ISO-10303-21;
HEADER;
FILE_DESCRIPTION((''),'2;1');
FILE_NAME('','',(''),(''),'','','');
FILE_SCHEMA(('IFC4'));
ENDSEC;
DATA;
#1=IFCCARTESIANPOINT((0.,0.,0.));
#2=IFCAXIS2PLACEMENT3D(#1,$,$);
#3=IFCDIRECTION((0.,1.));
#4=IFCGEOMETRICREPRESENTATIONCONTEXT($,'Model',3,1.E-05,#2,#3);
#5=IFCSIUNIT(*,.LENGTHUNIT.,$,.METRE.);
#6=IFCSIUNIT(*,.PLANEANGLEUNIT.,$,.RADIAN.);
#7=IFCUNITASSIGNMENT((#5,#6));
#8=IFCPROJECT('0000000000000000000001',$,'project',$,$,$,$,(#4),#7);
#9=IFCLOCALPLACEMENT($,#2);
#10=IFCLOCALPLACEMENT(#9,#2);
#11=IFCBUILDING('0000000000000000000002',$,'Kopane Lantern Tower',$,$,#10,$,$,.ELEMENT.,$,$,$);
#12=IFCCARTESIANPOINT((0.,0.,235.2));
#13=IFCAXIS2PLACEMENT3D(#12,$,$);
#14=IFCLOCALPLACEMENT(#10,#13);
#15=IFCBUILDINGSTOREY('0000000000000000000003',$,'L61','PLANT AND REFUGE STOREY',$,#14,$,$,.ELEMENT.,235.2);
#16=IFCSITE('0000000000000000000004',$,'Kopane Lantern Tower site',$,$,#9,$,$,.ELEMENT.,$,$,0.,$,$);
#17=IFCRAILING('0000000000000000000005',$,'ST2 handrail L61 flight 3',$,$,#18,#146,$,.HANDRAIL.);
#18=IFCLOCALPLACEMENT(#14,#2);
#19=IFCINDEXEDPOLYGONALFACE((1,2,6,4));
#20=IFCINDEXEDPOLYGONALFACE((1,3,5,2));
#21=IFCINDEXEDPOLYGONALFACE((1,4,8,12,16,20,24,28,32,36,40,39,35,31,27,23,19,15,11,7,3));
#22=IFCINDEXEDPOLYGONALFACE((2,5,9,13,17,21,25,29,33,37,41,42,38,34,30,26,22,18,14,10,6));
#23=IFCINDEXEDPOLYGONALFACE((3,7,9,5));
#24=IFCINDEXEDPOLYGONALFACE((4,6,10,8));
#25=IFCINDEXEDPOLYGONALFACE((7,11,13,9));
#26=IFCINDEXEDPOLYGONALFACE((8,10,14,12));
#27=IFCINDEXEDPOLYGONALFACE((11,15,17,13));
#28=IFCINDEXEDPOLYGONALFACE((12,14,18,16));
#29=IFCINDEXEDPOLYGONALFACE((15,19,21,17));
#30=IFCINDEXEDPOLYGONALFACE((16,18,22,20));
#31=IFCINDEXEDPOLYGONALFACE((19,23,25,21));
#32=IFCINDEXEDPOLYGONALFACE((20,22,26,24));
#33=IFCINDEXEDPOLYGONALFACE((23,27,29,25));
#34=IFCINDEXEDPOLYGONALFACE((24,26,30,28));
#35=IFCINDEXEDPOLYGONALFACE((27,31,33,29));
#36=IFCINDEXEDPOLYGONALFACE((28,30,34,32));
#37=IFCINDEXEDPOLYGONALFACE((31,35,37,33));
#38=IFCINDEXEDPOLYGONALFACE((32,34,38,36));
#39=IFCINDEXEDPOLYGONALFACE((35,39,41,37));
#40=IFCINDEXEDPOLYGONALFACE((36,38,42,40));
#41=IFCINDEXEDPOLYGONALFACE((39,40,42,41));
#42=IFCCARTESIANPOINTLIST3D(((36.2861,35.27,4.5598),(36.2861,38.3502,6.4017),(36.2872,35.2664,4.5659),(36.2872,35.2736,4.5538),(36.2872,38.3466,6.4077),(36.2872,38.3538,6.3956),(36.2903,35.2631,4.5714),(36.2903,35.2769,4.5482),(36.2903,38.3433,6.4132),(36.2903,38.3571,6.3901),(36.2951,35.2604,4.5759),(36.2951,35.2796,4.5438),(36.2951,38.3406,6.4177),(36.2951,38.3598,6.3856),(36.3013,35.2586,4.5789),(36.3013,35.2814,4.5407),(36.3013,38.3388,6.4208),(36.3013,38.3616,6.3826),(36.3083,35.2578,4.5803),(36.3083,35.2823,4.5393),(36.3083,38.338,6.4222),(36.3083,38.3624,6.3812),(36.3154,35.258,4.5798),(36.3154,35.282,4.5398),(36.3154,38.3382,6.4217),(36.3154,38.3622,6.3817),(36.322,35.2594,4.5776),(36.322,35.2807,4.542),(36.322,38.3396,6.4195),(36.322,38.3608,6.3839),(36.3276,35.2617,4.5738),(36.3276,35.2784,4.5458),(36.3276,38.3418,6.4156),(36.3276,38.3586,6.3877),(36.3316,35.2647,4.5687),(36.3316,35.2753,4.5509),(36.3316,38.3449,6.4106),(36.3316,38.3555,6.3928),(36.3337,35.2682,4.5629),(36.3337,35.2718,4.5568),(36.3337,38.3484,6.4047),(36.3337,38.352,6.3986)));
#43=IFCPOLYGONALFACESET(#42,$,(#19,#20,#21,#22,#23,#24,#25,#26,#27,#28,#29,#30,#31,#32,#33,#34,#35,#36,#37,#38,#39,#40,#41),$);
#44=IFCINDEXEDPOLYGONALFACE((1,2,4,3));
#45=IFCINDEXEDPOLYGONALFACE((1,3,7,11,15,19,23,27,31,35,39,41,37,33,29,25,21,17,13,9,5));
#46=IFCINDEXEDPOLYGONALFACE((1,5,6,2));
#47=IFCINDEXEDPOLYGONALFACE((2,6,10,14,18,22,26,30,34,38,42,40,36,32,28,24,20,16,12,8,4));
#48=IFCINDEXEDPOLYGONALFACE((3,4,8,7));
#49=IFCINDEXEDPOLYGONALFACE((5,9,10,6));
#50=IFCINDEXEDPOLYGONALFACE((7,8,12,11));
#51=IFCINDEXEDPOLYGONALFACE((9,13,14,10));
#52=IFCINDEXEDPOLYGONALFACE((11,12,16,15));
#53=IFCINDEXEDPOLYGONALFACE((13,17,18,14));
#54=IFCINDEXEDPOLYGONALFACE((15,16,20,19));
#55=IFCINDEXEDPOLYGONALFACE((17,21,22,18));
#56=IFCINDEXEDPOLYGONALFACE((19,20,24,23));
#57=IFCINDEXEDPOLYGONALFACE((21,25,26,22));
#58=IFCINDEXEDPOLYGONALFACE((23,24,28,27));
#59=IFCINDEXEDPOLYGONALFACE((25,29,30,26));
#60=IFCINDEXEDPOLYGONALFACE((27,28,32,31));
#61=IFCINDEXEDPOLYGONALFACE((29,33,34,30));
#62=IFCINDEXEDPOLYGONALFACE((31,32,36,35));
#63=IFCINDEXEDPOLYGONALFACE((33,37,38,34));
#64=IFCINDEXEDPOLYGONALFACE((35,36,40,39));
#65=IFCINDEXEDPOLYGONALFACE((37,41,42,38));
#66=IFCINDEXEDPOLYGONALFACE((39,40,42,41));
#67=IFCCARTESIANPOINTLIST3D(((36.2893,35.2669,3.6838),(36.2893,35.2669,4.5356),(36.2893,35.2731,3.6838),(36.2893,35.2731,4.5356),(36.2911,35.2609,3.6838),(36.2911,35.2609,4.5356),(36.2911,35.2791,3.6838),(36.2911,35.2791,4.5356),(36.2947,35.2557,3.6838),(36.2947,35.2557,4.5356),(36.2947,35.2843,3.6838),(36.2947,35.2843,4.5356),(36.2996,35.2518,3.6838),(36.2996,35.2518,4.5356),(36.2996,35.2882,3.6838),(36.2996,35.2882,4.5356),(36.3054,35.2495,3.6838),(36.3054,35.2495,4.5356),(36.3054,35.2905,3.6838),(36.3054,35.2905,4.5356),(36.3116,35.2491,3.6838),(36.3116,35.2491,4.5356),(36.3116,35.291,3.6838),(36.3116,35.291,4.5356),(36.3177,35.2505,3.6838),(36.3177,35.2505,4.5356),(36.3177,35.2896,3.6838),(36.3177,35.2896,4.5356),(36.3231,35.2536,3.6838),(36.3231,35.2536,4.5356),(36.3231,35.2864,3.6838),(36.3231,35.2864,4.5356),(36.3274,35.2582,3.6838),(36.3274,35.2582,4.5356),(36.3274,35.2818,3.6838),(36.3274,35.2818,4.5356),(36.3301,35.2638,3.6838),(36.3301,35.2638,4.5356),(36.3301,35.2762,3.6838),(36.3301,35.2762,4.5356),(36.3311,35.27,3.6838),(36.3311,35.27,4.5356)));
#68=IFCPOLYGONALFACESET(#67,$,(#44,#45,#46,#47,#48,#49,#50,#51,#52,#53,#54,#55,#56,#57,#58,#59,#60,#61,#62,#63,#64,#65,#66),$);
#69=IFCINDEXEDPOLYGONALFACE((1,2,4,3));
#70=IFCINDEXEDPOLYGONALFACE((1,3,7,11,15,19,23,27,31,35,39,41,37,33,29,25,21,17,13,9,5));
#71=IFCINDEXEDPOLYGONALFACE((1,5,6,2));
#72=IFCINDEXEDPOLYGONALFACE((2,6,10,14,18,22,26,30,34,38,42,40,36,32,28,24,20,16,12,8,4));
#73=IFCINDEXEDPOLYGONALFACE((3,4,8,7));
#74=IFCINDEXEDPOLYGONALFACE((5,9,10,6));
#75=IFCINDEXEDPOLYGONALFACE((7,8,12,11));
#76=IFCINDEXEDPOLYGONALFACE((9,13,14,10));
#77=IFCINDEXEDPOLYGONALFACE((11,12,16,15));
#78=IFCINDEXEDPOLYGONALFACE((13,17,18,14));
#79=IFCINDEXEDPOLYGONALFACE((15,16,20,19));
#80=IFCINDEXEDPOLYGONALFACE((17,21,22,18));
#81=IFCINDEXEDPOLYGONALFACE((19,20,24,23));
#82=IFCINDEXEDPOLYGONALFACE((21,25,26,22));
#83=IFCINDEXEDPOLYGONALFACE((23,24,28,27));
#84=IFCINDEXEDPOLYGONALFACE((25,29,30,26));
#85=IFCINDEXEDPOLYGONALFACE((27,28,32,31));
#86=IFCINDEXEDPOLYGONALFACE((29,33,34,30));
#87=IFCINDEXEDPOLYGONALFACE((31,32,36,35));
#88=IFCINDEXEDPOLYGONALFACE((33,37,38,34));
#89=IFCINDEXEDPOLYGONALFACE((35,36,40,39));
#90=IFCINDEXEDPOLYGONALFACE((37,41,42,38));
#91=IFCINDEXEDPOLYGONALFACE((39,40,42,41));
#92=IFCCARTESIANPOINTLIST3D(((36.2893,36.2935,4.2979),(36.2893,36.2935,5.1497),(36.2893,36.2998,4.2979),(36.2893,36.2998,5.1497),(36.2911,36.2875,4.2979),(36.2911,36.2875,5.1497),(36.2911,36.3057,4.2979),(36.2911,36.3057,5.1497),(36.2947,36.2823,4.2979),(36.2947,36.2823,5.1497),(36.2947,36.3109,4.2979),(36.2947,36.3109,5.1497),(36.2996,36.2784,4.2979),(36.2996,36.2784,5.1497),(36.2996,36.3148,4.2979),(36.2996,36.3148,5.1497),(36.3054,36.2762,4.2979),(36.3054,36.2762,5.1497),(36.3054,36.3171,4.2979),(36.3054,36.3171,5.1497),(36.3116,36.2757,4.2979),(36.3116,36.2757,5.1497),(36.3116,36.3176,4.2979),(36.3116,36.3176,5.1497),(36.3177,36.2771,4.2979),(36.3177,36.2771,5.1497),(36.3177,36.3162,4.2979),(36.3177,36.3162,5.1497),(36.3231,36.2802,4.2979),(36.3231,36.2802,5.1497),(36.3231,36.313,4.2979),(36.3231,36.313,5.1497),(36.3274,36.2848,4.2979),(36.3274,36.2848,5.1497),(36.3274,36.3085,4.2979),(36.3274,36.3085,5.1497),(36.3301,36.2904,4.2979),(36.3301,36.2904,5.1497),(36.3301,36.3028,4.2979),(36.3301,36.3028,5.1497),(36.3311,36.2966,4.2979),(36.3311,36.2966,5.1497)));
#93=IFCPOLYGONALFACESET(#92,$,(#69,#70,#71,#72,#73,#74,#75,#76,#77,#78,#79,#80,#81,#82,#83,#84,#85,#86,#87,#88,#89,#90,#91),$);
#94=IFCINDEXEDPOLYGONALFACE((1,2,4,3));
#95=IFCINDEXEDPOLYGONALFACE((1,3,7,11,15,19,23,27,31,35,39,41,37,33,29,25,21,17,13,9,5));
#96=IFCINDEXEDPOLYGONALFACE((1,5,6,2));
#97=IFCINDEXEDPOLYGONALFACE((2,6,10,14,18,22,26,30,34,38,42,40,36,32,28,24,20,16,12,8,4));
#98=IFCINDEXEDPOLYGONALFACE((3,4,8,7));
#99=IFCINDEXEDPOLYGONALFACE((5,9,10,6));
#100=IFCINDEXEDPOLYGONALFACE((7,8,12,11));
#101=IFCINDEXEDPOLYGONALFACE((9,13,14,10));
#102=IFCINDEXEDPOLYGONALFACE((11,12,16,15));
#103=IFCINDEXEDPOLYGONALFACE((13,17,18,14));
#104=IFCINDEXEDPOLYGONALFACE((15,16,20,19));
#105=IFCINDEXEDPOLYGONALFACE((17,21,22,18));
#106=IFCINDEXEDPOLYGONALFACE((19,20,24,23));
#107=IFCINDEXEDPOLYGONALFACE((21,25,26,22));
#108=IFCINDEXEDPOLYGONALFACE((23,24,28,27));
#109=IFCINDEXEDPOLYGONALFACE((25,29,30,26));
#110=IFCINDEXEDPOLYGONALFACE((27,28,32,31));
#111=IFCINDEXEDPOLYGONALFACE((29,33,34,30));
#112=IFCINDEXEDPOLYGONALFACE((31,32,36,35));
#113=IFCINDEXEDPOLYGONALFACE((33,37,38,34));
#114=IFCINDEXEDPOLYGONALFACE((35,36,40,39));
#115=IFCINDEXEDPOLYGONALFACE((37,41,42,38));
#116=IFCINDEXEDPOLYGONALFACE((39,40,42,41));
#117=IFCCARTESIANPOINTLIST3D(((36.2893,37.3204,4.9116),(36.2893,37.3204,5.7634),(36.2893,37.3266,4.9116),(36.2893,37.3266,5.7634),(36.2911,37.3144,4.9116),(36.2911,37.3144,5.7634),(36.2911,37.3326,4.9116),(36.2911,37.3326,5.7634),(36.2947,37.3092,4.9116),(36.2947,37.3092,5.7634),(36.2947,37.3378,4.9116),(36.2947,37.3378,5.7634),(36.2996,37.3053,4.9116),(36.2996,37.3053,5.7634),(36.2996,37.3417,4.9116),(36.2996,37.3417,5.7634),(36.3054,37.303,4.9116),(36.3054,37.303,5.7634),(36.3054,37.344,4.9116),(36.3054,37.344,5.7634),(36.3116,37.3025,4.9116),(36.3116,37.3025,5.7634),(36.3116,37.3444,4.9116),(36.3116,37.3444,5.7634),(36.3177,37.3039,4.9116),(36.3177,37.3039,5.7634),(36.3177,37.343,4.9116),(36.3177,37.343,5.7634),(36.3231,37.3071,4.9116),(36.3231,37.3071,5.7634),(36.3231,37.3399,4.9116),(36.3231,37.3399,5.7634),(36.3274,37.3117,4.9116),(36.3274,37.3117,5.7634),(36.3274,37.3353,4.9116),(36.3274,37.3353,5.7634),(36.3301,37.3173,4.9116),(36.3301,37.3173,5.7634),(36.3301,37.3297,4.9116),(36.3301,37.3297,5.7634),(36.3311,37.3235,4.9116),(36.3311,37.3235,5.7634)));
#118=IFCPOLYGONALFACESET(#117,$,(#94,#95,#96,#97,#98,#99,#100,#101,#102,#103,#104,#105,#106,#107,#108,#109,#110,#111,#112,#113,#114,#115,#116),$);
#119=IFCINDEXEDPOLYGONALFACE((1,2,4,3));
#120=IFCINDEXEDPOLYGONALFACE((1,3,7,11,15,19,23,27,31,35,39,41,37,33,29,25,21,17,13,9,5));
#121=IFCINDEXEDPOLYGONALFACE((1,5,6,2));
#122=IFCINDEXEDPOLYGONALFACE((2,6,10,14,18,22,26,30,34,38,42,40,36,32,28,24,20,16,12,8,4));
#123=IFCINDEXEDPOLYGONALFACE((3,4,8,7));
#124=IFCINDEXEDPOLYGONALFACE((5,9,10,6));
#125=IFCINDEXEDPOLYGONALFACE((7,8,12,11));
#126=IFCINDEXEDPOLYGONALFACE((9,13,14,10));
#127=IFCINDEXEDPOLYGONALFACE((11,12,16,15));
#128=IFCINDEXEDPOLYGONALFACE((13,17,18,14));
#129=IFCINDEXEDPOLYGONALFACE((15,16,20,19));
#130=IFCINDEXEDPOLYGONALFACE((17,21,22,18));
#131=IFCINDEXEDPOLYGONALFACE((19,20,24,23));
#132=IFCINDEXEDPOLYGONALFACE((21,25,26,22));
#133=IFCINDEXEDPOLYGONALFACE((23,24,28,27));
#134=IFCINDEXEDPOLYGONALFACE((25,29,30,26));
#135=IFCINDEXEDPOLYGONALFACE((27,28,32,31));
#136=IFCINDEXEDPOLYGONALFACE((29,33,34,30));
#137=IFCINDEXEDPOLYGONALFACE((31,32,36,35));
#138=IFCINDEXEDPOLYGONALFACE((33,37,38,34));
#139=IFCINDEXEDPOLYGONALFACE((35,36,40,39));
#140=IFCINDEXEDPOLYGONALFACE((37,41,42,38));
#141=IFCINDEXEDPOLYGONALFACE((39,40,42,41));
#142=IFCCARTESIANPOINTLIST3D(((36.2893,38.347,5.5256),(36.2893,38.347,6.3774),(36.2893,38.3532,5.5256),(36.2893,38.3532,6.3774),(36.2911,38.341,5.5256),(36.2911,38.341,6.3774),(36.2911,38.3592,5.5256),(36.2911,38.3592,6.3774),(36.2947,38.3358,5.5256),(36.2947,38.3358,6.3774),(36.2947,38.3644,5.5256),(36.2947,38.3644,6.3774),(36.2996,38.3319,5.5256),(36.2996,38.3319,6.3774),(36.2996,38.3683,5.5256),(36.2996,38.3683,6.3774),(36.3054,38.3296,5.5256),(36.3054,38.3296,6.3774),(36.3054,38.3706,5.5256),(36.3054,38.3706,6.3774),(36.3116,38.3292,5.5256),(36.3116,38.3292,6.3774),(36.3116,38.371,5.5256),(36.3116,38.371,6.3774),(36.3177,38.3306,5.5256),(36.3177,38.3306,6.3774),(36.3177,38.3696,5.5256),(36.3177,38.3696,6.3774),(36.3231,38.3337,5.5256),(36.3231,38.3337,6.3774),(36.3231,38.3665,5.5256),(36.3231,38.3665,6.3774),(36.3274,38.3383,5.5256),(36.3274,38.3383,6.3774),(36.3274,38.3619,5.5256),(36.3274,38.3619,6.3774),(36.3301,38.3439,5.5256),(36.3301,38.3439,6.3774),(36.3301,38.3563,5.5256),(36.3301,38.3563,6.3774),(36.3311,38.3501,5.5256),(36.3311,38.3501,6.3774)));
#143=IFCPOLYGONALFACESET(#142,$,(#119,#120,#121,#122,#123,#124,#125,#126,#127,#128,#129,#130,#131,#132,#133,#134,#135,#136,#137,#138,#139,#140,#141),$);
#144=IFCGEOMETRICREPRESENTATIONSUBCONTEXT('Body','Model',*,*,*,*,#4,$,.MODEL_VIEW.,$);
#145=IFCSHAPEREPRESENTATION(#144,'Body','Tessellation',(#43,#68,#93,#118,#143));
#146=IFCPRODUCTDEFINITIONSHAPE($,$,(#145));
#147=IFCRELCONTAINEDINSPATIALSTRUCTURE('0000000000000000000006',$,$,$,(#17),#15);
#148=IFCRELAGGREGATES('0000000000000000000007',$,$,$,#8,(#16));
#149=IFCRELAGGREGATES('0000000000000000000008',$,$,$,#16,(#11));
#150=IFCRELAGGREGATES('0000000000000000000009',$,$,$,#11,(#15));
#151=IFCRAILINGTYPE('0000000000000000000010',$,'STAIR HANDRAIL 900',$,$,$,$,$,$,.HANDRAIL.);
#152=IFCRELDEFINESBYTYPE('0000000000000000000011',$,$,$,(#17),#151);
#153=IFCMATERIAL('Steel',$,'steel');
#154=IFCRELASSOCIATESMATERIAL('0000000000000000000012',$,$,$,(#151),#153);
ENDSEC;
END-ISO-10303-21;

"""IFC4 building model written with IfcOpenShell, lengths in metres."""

from ifc_helpers import new_model, si_unit, direction, frame, origin, origin_2d, place, context, subcontext, project, spatial, circle, extrude, material, type_object, element, save


model = new_model("IFC4")

# Units and contexts
model_context = context("Model", 3, precision=1e-05, world=origin(), true_north=direction((0.0, 1.0)))
body_context = subcontext(model_context, "Body", "Model", "MODEL_VIEW")
ifc_project = project(units=[si_unit("LENGTHUNIT", "METRE"), si_unit("PLANEANGLEUNIT", "RADIAN")], contexts=[model_context])

# Site, building, storey
site_placement = place(None, origin())
site = spatial("IfcSite", under=ifc_project, at=site_placement, Name="Kopane Lantern Tower site", CompositionType="ELEMENT", RefElevation=0.0)
building_placement = place(site_placement, origin())
building = spatial("IfcBuilding", under=site, at=building_placement, Name="Kopane Lantern Tower", CompositionType="ELEMENT")
storey_placement = place(building_placement, frame((0.0, 0.0, 235.2)))
storey = spatial("IfcBuildingStorey", under=building, at=storey_placement, Name="L61", Description="PLANT AND REFUGE STOREY", CompositionType="ELEMENT", Elevation=235.2)

# Railing
ifc_material_1 = material(Name="Steel", Category="steel")
railing_type = type_object("IfcRailingType", Name="STAIR HANDRAIL 900", PredefinedType="HANDRAIL", material=ifc_material_1)
railing_placement = place(storey_placement, frame((36.3101, 35.27, 3.6838)))
element("IfcRailing", 1, at=railing_placement, inside=storey, type_object=railing_type, Name="ST2 handrail L61 flight 3", PredefinedType="HANDRAIL", context=body_context, shape_type="SweptSolid", body=[
    extrude(circle(Radius=0.0239, at=origin_2d()), frame((0.0, 0.0, 0.876), z_axis=(0.0, 0.85826, 0.513215), x_axis=(-1.0, 0.0, 0.0)), (0.0, 0.0, 1.0), 3.5889),
    extrude(circle(Radius=0.021, at=origin_2d()), origin(), (0.0, 0.0, 1.0), 0.8518),
    extrude(circle(Radius=0.021, at=origin_2d()), frame((0.0, 1.0266, 0.614)), (0.0, 0.0, 1.0), 0.8518),
    extrude(circle(Radius=0.021, at=origin_2d()), frame((0.0, 2.0535, 1.2278)), (0.0, 0.0, 1.0), 0.8518),
    extrude(circle(Radius=0.021, at=origin_2d()), frame((0.0, 3.0801, 1.8418)), (0.0, 0.0, 1.0), 0.8518),
])

save(model, "model.ifc")
